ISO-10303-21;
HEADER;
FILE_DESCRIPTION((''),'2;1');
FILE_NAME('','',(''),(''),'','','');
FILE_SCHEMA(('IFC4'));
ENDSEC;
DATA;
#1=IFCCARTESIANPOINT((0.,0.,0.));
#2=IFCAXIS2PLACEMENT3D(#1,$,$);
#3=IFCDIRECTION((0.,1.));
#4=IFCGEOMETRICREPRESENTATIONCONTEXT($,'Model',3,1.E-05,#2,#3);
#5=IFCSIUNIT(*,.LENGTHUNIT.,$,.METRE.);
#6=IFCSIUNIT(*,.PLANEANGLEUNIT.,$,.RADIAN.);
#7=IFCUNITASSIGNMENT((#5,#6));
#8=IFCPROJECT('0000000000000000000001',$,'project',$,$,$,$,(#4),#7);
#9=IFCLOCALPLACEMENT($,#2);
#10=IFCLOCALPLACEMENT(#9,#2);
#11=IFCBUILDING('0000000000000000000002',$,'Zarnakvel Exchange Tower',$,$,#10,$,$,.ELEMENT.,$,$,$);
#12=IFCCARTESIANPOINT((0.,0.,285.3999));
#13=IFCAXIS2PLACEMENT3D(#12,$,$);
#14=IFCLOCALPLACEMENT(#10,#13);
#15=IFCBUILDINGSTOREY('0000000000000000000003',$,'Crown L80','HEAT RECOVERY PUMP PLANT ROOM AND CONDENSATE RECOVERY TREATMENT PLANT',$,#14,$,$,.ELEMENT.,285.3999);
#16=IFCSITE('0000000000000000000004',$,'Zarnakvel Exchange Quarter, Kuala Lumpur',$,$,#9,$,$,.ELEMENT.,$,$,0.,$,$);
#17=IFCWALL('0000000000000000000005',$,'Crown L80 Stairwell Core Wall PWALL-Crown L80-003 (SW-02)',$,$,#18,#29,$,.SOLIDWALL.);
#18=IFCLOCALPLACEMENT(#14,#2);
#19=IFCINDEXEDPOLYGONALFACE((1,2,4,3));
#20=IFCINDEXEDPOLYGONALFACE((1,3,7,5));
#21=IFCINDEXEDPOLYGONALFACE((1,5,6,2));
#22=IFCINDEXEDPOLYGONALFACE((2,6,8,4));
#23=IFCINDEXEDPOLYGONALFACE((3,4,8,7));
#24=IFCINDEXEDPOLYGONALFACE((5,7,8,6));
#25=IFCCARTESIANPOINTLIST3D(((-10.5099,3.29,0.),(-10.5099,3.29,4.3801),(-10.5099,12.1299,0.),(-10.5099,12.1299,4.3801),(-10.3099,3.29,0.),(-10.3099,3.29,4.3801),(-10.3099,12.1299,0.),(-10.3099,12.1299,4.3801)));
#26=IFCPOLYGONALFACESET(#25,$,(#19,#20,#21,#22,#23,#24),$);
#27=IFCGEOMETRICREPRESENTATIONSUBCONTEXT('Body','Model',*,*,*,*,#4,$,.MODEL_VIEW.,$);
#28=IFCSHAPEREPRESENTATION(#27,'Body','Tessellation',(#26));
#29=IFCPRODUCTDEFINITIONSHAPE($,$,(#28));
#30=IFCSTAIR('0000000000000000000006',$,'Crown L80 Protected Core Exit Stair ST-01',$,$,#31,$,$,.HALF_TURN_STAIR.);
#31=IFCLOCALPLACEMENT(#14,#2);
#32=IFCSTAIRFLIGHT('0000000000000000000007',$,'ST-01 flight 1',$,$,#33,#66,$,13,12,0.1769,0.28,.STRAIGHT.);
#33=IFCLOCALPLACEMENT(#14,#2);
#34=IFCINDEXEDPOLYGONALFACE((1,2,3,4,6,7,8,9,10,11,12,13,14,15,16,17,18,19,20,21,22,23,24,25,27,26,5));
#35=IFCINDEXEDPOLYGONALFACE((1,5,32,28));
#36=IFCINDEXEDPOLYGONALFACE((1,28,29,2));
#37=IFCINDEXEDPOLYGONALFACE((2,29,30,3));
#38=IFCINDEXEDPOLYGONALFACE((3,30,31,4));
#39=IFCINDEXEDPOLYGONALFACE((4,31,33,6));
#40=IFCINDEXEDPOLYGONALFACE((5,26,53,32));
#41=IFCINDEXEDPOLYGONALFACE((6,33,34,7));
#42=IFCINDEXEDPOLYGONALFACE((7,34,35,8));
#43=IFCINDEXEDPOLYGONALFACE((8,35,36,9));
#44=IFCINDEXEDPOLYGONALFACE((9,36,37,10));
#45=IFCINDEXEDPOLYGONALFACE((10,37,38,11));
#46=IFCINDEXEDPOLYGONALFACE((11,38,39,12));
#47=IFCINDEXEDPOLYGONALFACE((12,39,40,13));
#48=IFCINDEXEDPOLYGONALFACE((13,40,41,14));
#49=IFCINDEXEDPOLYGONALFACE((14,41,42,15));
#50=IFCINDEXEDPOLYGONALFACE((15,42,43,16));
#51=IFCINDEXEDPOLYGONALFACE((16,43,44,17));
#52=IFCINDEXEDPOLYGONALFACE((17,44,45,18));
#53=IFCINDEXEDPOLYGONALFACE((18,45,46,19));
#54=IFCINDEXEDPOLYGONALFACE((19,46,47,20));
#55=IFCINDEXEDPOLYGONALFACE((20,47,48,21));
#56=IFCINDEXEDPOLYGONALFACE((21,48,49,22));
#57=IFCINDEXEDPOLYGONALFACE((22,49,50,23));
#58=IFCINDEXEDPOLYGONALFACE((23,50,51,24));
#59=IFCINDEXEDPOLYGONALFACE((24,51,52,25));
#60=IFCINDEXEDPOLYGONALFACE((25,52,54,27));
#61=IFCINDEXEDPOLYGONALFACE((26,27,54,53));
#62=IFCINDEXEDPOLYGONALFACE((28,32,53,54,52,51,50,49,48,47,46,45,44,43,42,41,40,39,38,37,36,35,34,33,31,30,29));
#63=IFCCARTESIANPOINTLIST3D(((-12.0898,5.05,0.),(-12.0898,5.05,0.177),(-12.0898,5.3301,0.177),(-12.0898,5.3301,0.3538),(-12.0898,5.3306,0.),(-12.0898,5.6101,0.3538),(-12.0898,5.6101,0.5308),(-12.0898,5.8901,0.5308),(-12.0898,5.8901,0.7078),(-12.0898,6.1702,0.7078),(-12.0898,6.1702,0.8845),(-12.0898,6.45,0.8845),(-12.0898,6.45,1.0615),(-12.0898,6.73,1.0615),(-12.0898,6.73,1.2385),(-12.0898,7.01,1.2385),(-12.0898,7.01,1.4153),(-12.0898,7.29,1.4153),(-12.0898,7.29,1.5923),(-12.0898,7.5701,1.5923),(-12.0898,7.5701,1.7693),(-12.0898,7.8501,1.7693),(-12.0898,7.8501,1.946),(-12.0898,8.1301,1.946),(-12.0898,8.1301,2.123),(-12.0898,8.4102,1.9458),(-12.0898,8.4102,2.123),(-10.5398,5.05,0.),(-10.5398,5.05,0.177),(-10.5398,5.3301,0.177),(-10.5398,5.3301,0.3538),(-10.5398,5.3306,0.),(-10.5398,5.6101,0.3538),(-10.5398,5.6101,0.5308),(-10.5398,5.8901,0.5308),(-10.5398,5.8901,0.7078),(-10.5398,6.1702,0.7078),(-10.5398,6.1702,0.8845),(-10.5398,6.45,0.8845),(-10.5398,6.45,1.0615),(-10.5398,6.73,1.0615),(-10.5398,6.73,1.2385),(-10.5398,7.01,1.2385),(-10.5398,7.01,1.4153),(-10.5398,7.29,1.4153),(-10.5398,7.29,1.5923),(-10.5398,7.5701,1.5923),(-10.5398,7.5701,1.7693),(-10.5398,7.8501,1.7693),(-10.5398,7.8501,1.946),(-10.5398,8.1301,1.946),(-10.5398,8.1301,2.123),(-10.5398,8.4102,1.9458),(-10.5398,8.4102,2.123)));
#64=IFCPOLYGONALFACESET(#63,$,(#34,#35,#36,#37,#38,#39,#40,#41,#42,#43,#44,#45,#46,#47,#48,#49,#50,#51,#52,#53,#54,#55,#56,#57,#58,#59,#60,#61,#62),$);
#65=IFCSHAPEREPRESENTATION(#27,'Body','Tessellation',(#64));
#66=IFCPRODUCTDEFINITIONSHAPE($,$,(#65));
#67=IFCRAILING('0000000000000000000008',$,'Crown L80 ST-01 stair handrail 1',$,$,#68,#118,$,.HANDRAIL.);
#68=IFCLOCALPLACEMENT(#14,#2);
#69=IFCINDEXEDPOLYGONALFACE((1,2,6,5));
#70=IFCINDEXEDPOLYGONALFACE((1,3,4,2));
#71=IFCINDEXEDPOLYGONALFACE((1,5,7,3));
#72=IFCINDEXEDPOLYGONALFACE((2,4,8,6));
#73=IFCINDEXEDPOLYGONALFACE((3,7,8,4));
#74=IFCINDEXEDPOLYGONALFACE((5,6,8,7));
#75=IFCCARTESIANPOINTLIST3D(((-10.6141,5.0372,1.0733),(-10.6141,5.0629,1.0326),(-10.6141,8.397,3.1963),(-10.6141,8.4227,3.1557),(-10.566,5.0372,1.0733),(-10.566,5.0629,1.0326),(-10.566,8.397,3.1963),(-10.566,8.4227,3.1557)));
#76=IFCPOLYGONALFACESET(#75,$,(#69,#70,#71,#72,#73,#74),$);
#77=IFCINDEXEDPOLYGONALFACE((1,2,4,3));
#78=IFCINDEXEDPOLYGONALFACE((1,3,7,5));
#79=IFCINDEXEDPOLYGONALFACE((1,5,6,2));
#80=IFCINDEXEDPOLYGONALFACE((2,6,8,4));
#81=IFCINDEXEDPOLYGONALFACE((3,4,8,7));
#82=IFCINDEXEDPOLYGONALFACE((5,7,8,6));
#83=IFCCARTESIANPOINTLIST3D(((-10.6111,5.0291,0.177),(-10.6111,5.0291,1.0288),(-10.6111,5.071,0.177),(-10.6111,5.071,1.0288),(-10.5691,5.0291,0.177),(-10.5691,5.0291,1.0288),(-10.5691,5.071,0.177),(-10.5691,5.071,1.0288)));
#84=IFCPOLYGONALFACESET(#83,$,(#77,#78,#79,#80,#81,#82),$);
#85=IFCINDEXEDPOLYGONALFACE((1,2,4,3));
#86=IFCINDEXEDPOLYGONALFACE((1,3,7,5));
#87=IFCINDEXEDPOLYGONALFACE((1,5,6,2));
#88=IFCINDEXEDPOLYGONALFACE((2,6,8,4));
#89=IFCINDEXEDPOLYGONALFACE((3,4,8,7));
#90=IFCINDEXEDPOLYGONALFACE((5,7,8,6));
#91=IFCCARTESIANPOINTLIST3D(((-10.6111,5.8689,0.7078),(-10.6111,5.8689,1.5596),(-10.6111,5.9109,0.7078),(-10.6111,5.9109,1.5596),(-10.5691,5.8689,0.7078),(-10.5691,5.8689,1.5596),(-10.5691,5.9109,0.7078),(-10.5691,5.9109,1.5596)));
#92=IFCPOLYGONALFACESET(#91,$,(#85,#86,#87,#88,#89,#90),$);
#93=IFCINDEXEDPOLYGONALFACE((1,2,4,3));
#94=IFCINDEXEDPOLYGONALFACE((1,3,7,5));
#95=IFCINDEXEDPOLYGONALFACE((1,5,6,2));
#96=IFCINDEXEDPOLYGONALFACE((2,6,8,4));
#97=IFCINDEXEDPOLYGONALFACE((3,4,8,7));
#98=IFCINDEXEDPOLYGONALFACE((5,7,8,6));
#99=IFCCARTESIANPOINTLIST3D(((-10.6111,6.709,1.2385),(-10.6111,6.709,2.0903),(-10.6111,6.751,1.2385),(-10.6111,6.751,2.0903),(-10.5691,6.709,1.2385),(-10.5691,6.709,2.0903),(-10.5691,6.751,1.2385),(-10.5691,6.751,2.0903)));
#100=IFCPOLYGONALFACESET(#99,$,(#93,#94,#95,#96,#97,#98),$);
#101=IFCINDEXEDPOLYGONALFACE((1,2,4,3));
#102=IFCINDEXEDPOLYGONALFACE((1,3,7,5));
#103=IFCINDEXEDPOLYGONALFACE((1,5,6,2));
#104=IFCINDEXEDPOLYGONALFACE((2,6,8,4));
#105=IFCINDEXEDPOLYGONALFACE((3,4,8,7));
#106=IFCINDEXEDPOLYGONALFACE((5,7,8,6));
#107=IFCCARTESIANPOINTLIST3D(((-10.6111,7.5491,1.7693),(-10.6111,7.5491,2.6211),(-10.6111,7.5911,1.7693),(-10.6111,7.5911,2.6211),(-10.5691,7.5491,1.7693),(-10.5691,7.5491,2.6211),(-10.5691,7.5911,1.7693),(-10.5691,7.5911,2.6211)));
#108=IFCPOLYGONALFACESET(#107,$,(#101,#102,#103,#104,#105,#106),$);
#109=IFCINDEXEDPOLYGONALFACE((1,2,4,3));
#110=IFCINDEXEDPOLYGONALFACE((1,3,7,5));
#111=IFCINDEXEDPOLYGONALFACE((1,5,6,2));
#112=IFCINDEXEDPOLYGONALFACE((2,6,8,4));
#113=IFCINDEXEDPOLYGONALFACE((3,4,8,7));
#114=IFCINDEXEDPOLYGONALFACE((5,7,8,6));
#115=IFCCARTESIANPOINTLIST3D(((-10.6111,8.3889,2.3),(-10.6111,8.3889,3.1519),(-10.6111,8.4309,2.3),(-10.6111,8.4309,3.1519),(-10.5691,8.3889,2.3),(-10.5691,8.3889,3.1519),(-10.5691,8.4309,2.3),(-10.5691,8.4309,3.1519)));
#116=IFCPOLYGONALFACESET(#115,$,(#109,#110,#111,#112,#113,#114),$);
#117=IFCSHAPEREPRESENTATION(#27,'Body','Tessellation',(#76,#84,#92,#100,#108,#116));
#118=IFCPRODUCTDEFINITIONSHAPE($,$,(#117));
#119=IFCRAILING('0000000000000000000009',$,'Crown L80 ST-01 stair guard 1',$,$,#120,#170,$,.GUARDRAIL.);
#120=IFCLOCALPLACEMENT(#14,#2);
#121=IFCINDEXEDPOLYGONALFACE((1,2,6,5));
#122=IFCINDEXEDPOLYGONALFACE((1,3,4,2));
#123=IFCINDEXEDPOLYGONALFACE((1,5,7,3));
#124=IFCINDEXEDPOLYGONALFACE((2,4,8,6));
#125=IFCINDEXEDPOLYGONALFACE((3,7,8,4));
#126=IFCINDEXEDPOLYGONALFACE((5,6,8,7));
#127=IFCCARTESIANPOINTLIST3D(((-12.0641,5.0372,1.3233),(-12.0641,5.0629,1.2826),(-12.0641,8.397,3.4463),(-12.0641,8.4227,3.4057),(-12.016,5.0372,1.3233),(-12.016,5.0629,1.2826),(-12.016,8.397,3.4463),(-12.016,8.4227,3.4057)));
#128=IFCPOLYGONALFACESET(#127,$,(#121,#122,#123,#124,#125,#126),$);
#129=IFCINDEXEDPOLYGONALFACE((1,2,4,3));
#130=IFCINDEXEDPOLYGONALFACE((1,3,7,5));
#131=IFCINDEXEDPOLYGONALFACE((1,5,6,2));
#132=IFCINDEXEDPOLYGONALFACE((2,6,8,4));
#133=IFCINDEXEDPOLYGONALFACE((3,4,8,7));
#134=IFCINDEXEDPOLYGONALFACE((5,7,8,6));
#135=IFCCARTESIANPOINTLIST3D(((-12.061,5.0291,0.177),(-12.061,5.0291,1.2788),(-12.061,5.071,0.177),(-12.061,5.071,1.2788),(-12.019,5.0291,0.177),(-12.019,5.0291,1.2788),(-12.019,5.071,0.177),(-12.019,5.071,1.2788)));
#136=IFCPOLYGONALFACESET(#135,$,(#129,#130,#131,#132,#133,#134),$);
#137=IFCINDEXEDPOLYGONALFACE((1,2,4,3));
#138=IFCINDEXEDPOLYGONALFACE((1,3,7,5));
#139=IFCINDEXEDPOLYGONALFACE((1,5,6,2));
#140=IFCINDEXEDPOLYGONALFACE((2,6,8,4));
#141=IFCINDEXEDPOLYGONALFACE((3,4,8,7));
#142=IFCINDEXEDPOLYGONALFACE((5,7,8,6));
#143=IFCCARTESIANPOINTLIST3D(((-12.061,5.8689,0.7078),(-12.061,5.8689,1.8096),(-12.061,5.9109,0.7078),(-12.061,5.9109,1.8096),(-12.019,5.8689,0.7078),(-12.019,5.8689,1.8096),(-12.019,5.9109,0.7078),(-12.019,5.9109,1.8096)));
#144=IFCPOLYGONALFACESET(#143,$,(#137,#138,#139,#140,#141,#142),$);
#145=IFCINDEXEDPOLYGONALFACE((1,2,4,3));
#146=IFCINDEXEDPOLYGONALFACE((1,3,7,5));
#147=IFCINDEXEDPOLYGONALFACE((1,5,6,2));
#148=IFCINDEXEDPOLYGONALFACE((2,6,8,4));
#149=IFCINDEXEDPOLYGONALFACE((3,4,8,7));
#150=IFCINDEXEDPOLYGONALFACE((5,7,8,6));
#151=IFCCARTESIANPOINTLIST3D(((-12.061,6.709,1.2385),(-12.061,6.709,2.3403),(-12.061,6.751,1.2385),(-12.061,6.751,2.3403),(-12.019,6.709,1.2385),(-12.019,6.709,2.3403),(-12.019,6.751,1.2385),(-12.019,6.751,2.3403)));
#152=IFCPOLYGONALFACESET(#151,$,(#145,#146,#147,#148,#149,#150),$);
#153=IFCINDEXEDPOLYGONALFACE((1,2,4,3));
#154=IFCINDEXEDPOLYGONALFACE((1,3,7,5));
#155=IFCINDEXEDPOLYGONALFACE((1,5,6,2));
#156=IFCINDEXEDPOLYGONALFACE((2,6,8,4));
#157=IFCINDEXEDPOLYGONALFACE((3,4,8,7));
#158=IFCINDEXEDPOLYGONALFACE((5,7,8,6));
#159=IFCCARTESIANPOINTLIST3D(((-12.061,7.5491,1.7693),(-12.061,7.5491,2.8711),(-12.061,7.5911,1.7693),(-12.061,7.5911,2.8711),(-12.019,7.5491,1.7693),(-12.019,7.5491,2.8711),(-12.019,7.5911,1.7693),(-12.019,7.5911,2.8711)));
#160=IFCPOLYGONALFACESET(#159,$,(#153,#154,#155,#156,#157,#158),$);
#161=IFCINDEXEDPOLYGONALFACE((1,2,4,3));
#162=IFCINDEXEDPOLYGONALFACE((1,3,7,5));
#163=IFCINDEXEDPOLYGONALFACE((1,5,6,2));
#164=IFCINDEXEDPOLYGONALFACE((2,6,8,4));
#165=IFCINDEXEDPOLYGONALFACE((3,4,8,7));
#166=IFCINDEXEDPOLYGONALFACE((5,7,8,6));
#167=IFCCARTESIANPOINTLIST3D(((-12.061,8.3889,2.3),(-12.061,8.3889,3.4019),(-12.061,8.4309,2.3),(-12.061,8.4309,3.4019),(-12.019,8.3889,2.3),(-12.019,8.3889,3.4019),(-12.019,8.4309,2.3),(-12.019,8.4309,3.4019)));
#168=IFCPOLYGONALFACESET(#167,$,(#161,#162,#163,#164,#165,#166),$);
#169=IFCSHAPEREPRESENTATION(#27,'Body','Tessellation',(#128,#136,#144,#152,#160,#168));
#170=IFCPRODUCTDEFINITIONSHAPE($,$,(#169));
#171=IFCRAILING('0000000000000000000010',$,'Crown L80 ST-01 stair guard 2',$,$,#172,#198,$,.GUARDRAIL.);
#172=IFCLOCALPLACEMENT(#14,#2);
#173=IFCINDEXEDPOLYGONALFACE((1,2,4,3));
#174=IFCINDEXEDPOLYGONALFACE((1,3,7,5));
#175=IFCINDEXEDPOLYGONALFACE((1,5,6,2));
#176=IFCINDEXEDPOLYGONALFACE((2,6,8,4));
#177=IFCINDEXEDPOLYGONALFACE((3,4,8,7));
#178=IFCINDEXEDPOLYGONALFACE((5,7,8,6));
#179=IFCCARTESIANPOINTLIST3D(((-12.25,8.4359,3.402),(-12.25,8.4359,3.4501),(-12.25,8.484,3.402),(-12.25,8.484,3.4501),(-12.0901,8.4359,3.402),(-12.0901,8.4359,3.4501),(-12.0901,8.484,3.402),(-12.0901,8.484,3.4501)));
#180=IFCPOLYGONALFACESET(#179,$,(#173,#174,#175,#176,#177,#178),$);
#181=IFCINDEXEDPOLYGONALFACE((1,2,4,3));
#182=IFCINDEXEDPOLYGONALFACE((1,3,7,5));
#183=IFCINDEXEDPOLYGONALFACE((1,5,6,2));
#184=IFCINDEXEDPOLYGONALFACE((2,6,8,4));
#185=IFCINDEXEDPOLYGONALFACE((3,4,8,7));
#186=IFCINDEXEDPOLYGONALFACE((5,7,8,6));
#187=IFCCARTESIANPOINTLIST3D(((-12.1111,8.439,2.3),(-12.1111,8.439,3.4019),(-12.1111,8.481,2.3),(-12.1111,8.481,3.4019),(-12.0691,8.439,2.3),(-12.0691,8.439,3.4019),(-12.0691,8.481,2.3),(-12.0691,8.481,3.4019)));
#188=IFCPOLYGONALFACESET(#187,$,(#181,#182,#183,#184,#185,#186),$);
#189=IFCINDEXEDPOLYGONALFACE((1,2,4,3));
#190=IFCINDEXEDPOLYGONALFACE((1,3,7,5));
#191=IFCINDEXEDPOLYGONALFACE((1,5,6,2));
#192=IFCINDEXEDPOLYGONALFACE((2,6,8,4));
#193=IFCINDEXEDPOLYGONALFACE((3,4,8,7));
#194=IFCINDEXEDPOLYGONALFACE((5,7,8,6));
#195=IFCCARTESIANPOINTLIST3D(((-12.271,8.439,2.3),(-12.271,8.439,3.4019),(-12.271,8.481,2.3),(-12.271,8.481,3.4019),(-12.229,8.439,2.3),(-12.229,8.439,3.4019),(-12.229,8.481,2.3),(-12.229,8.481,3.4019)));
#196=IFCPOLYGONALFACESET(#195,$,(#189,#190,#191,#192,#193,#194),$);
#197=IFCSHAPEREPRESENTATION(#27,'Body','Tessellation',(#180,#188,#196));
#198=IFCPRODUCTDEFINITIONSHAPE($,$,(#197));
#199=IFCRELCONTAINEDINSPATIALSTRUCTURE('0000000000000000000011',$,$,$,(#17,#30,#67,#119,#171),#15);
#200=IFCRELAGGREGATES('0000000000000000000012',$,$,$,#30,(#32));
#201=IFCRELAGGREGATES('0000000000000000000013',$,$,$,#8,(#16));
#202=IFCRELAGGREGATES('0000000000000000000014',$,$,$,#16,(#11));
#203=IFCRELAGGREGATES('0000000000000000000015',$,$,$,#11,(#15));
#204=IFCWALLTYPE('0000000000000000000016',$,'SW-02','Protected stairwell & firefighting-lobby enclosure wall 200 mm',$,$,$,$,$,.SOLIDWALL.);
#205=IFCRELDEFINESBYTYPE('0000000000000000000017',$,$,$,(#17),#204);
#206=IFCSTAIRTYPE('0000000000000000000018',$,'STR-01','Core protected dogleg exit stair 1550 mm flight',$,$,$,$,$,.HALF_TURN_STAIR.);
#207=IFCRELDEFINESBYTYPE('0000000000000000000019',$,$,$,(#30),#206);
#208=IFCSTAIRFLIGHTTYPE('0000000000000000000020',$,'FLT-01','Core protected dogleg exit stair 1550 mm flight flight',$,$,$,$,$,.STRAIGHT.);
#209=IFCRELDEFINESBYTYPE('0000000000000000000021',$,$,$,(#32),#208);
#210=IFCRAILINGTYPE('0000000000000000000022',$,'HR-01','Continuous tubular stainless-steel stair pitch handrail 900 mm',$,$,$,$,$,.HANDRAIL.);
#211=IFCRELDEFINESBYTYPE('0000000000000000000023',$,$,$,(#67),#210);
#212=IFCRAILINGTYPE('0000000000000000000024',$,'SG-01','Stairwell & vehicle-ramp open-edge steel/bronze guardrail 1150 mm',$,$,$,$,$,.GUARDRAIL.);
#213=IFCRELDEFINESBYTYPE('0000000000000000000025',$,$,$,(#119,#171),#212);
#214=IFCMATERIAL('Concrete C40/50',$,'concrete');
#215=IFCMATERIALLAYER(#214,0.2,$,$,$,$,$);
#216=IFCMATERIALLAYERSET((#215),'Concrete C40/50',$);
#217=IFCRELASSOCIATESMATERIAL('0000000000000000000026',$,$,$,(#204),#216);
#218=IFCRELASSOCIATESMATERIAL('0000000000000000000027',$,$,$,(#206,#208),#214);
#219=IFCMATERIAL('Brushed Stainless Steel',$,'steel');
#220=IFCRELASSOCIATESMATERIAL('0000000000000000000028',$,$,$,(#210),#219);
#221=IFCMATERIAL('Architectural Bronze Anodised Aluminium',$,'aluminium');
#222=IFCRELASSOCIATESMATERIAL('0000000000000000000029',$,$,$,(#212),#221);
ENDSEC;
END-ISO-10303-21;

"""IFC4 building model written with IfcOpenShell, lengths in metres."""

from ifc_helpers import new_model, si_unit, direction, frame, frame_2d, origin, origin_2d, place, context, subcontext, project, spatial, polyline, rectangle, outline, extrude, material, layer, layer_set, type_object, element, aggregate, save


model = new_model("IFC4")

# Units and contexts
model_context = context("Model", 3, precision=1e-05, world=origin(), true_north=direction((0.0, 1.0)))
body_context = subcontext(model_context, "Body", "Model", "MODEL_VIEW")
ifc_project = project(units=[si_unit("LENGTHUNIT", "METRE"), si_unit("PLANEANGLEUNIT", "RADIAN")], contexts=[model_context])

# Site, building, storey
site_placement = place(None, origin())
site = spatial("IfcSite", under=ifc_project, at=site_placement, Name="Zarnakvel Exchange Quarter, Kuala Lumpur", CompositionType="ELEMENT", RefElevation=0.0)
building_placement = place(site_placement, origin())
building = spatial("IfcBuilding", under=site, at=building_placement, Name="Zarnakvel Exchange Tower", CompositionType="ELEMENT")
storey_placement = place(building_placement, frame((0.0, 0.0, 285.3999)))
storey = spatial("IfcBuildingStorey", under=building, at=storey_placement, Name="Crown L80", Description="HEAT RECOVERY PUMP PLANT ROOM AND CONDENSATE RECOVERY TREATMENT PLANT", CompositionType="ELEMENT", Elevation=285.3999)

# Shared definitions
ifc_material_1 = material(Name="Concrete C40/50", Category="concrete")
ifc_material_2 = material(Name="Brushed Stainless Steel", Category="steel")

# Shared definitions
ifc_layer_1 = layer(ifc_material_1, 0.2)
ifc_layer_set_1 = layer_set([ifc_layer_1], Name="Concrete C40/50")
wall_type_1 = type_object("IfcWallType", Name="SW-02", Description="Protected stairwell & firefighting-lobby enclosure wall 200 mm", PredefinedType="SOLIDWALL", material=ifc_layer_set_1)

# Wall
wall_1_placement = place(storey_placement, frame((-10.4099, 12.1299, 0.0), z_axis=(0.0, 0.0, 1.0), x_axis=(0.0, -1.0, 0.0)))
element("IfcWall", 1, at=wall_1_placement, inside=storey, type_object=wall_type_1, Name="Crown L80 Stairwell Core Wall PWALL-Crown L80-003 (SW-02)", PredefinedType="SOLIDWALL", context=body_context, shape_type="SweptSolid", body=[
    extrude(rectangle(XDim=8.8398, YDim=0.2, at=frame_2d((4.4199, 0.0))), origin(), (0.0, 0.0, 1.0), 4.3801),
])

# Stair, stair flight
stair_type = type_object("IfcStairType", Name="STR-01", Description="Core protected dogleg exit stair 1550 mm flight", PredefinedType="HALF_TURN_STAIR", material=ifc_material_1)
stair_placement = place(storey_placement, origin())
stair = element("IfcStair", 2, at=stair_placement, inside=storey, type_object=stair_type, Name="Crown L80 Protected Core Exit Stair ST-01", PredefinedType="HALF_TURN_STAIR")
stair_flight_type = type_object("IfcStairFlightType", Name="FLT-01", Description="Core protected dogleg exit stair 1550 mm flight flight", PredefinedType="STRAIGHT", material=ifc_material_1)
stair_flight_placement = place(storey_placement, frame((-11.3149, 5.05, 0.0), z_axis=(0.0, 0.0, 1.0), x_axis=(0.0, 1.0, 0.0)))
stair_flight = element("IfcStairFlight", 3, at=stair_flight_placement, type_object=stair_flight_type, Name="ST-01 flight 1", NumberOfRisers=13, NumberOfTreads=12, PredefinedType="STRAIGHT", RiserHeight=0.1769, TreadLength=0.28, context=body_context, shape_type="SweptSolid", body=[
    extrude(outline(polyline([(0.0, 0.0), (0.0, 0.177), (0.28, 0.177), (0.28, 0.3538), (0.5601, 0.3538), (0.5601, 0.5308), (0.8401, 0.5308), (0.8401, 0.7078), (1.1201, 0.7078), (1.1201, 0.8845), (1.3999, 0.8845), (1.3999, 1.0615), (1.6799, 1.0615), (1.6799, 1.2385), (1.96, 1.2385), (1.96, 1.4153), (2.24, 1.4153), (2.24, 1.5923), (2.52, 1.5923), (2.52, 1.7693), (2.8, 1.7693), (2.8, 1.946), (3.0801, 1.946), (3.0801, 2.123), (3.3601, 2.123), (3.3601, 2.3), (3.3601, 1.9458), (0.2805, 0.0), (0.0, 0.0)])), frame((0.0, 0.7749, 0.0), z_axis=(0.0, -1.0, 0.0), x_axis=(1.0, 0.0, 0.0)), (0.0, 0.0, 1.0), 1.55),
])
aggregate(stair, [stair_flight])

# Railings
railing_type_1 = type_object("IfcRailingType", Name="HR-01", Description="Continuous tubular stainless-steel stair pitch handrail 900 mm", PredefinedType="HANDRAIL", material=ifc_material_2)
railing_1_placement = place(storey_placement, frame((-10.5901, 5.05, 0.177)))
element("IfcRailing", 4, at=railing_1_placement, inside=storey, type_object=railing_type_1, Name="Crown L80 ST-01 stair handrail 1", PredefinedType="HANDRAIL", context=body_context, shape_type="SweptSolid", body=[
    extrude(rectangle(XDim=0.0481, YDim=0.0481, at=origin_2d()), frame((0.0, 0.0, 0.876), z_axis=(0.0, 0.845372, 0.534178), x_axis=(-1.0, 0.0, 0.0)), (0.0, 0.0, 1.0), 3.9744),
    extrude(rectangle(XDim=0.042, YDim=0.042, at=origin_2d()), origin(), (0.0, 0.0, 1.0), 0.8518),
    extrude(rectangle(XDim=0.042, YDim=0.042, at=origin_2d()), frame((0.0, 0.8398, 0.5308)), (0.0, 0.0, 1.0), 0.8518),
    extrude(rectangle(XDim=0.042, YDim=0.042, at=origin_2d()), frame((0.0, 1.6799, 1.0615)), (0.0, 0.0, 1.0), 0.8518),
    extrude(rectangle(XDim=0.042, YDim=0.042, at=origin_2d()), frame((0.0, 2.52, 1.5923)), (0.0, 0.0, 1.0), 0.8518),
    extrude(rectangle(XDim=0.042, YDim=0.042, at=origin_2d()), frame((0.0, 3.3599, 2.123)), (0.0, 0.0, 1.0), 0.8518),
])
ifc_material_3 = material(Name="Architectural Bronze Anodised Aluminium", Category="aluminium")
railing_type_2 = type_object("IfcRailingType", Name="SG-01", Description="Stairwell & vehicle-ramp open-edge steel/bronze guardrail 1150 mm", PredefinedType="GUARDRAIL", material=ifc_material_3)
railing_2_placement = place(storey_placement, frame((-12.04, 5.05, 0.177)))
element("IfcRailing", 5, at=railing_2_placement, inside=storey, type_object=railing_type_2, Name="Crown L80 ST-01 stair guard 1", PredefinedType="GUARDRAIL", context=body_context, shape_type="SweptSolid", body=[
    extrude(rectangle(XDim=0.0481, YDim=0.0481, at=origin_2d()), frame((0.0, 0.0, 1.126), z_axis=(0.0, 0.845372, 0.534178), x_axis=(-1.0, 0.0, 0.0)), (0.0, 0.0, 1.0), 3.9744),
    extrude(rectangle(XDim=0.042, YDim=0.042, at=origin_2d()), origin(), (0.0, 0.0, 1.0), 1.1018),
    extrude(rectangle(XDim=0.042, YDim=0.042, at=origin_2d()), frame((0.0, 0.8398, 0.5308)), (0.0, 0.0, 1.0), 1.1018),
    extrude(rectangle(XDim=0.042, YDim=0.042, at=origin_2d()), frame((0.0, 1.6799, 1.0615)), (0.0, 0.0, 1.0), 1.1018),
    extrude(rectangle(XDim=0.042, YDim=0.042, at=origin_2d()), frame((0.0, 2.52, 1.5923)), (0.0, 0.0, 1.0), 1.1018),
    extrude(rectangle(XDim=0.042, YDim=0.042, at=origin_2d()), frame((0.0, 3.3599, 2.123)), (0.0, 0.0, 1.0), 1.1018),
])
railing_3_placement = place(storey_placement, frame((-12.0901, 8.46, 2.3)))
element("IfcRailing", 6, at=railing_3_placement, inside=storey, type_object=railing_type_2, Name="Crown L80 ST-01 stair guard 2", PredefinedType="GUARDRAIL", context=body_context, shape_type="SweptSolid", body=[
    extrude(rectangle(XDim=0.0481, YDim=0.0481, at=origin_2d()), frame((0.0, 0.0, 1.126), z_axis=(-1.0, 0.0, 0.0), x_axis=(0.0, -1.0, 0.0)), (0.0, 0.0, 1.0), 0.1599),
    extrude(rectangle(XDim=0.042, YDim=0.042, at=origin_2d()), origin(), (0.0, 0.0, 1.0), 1.1018),
    extrude(rectangle(XDim=0.042, YDim=0.042, at=origin_2d()), frame((-0.1599, 0.0, 0.0)), (0.0, 0.0, 1.0), 1.1018),
])

save(model, "model.ifc")
